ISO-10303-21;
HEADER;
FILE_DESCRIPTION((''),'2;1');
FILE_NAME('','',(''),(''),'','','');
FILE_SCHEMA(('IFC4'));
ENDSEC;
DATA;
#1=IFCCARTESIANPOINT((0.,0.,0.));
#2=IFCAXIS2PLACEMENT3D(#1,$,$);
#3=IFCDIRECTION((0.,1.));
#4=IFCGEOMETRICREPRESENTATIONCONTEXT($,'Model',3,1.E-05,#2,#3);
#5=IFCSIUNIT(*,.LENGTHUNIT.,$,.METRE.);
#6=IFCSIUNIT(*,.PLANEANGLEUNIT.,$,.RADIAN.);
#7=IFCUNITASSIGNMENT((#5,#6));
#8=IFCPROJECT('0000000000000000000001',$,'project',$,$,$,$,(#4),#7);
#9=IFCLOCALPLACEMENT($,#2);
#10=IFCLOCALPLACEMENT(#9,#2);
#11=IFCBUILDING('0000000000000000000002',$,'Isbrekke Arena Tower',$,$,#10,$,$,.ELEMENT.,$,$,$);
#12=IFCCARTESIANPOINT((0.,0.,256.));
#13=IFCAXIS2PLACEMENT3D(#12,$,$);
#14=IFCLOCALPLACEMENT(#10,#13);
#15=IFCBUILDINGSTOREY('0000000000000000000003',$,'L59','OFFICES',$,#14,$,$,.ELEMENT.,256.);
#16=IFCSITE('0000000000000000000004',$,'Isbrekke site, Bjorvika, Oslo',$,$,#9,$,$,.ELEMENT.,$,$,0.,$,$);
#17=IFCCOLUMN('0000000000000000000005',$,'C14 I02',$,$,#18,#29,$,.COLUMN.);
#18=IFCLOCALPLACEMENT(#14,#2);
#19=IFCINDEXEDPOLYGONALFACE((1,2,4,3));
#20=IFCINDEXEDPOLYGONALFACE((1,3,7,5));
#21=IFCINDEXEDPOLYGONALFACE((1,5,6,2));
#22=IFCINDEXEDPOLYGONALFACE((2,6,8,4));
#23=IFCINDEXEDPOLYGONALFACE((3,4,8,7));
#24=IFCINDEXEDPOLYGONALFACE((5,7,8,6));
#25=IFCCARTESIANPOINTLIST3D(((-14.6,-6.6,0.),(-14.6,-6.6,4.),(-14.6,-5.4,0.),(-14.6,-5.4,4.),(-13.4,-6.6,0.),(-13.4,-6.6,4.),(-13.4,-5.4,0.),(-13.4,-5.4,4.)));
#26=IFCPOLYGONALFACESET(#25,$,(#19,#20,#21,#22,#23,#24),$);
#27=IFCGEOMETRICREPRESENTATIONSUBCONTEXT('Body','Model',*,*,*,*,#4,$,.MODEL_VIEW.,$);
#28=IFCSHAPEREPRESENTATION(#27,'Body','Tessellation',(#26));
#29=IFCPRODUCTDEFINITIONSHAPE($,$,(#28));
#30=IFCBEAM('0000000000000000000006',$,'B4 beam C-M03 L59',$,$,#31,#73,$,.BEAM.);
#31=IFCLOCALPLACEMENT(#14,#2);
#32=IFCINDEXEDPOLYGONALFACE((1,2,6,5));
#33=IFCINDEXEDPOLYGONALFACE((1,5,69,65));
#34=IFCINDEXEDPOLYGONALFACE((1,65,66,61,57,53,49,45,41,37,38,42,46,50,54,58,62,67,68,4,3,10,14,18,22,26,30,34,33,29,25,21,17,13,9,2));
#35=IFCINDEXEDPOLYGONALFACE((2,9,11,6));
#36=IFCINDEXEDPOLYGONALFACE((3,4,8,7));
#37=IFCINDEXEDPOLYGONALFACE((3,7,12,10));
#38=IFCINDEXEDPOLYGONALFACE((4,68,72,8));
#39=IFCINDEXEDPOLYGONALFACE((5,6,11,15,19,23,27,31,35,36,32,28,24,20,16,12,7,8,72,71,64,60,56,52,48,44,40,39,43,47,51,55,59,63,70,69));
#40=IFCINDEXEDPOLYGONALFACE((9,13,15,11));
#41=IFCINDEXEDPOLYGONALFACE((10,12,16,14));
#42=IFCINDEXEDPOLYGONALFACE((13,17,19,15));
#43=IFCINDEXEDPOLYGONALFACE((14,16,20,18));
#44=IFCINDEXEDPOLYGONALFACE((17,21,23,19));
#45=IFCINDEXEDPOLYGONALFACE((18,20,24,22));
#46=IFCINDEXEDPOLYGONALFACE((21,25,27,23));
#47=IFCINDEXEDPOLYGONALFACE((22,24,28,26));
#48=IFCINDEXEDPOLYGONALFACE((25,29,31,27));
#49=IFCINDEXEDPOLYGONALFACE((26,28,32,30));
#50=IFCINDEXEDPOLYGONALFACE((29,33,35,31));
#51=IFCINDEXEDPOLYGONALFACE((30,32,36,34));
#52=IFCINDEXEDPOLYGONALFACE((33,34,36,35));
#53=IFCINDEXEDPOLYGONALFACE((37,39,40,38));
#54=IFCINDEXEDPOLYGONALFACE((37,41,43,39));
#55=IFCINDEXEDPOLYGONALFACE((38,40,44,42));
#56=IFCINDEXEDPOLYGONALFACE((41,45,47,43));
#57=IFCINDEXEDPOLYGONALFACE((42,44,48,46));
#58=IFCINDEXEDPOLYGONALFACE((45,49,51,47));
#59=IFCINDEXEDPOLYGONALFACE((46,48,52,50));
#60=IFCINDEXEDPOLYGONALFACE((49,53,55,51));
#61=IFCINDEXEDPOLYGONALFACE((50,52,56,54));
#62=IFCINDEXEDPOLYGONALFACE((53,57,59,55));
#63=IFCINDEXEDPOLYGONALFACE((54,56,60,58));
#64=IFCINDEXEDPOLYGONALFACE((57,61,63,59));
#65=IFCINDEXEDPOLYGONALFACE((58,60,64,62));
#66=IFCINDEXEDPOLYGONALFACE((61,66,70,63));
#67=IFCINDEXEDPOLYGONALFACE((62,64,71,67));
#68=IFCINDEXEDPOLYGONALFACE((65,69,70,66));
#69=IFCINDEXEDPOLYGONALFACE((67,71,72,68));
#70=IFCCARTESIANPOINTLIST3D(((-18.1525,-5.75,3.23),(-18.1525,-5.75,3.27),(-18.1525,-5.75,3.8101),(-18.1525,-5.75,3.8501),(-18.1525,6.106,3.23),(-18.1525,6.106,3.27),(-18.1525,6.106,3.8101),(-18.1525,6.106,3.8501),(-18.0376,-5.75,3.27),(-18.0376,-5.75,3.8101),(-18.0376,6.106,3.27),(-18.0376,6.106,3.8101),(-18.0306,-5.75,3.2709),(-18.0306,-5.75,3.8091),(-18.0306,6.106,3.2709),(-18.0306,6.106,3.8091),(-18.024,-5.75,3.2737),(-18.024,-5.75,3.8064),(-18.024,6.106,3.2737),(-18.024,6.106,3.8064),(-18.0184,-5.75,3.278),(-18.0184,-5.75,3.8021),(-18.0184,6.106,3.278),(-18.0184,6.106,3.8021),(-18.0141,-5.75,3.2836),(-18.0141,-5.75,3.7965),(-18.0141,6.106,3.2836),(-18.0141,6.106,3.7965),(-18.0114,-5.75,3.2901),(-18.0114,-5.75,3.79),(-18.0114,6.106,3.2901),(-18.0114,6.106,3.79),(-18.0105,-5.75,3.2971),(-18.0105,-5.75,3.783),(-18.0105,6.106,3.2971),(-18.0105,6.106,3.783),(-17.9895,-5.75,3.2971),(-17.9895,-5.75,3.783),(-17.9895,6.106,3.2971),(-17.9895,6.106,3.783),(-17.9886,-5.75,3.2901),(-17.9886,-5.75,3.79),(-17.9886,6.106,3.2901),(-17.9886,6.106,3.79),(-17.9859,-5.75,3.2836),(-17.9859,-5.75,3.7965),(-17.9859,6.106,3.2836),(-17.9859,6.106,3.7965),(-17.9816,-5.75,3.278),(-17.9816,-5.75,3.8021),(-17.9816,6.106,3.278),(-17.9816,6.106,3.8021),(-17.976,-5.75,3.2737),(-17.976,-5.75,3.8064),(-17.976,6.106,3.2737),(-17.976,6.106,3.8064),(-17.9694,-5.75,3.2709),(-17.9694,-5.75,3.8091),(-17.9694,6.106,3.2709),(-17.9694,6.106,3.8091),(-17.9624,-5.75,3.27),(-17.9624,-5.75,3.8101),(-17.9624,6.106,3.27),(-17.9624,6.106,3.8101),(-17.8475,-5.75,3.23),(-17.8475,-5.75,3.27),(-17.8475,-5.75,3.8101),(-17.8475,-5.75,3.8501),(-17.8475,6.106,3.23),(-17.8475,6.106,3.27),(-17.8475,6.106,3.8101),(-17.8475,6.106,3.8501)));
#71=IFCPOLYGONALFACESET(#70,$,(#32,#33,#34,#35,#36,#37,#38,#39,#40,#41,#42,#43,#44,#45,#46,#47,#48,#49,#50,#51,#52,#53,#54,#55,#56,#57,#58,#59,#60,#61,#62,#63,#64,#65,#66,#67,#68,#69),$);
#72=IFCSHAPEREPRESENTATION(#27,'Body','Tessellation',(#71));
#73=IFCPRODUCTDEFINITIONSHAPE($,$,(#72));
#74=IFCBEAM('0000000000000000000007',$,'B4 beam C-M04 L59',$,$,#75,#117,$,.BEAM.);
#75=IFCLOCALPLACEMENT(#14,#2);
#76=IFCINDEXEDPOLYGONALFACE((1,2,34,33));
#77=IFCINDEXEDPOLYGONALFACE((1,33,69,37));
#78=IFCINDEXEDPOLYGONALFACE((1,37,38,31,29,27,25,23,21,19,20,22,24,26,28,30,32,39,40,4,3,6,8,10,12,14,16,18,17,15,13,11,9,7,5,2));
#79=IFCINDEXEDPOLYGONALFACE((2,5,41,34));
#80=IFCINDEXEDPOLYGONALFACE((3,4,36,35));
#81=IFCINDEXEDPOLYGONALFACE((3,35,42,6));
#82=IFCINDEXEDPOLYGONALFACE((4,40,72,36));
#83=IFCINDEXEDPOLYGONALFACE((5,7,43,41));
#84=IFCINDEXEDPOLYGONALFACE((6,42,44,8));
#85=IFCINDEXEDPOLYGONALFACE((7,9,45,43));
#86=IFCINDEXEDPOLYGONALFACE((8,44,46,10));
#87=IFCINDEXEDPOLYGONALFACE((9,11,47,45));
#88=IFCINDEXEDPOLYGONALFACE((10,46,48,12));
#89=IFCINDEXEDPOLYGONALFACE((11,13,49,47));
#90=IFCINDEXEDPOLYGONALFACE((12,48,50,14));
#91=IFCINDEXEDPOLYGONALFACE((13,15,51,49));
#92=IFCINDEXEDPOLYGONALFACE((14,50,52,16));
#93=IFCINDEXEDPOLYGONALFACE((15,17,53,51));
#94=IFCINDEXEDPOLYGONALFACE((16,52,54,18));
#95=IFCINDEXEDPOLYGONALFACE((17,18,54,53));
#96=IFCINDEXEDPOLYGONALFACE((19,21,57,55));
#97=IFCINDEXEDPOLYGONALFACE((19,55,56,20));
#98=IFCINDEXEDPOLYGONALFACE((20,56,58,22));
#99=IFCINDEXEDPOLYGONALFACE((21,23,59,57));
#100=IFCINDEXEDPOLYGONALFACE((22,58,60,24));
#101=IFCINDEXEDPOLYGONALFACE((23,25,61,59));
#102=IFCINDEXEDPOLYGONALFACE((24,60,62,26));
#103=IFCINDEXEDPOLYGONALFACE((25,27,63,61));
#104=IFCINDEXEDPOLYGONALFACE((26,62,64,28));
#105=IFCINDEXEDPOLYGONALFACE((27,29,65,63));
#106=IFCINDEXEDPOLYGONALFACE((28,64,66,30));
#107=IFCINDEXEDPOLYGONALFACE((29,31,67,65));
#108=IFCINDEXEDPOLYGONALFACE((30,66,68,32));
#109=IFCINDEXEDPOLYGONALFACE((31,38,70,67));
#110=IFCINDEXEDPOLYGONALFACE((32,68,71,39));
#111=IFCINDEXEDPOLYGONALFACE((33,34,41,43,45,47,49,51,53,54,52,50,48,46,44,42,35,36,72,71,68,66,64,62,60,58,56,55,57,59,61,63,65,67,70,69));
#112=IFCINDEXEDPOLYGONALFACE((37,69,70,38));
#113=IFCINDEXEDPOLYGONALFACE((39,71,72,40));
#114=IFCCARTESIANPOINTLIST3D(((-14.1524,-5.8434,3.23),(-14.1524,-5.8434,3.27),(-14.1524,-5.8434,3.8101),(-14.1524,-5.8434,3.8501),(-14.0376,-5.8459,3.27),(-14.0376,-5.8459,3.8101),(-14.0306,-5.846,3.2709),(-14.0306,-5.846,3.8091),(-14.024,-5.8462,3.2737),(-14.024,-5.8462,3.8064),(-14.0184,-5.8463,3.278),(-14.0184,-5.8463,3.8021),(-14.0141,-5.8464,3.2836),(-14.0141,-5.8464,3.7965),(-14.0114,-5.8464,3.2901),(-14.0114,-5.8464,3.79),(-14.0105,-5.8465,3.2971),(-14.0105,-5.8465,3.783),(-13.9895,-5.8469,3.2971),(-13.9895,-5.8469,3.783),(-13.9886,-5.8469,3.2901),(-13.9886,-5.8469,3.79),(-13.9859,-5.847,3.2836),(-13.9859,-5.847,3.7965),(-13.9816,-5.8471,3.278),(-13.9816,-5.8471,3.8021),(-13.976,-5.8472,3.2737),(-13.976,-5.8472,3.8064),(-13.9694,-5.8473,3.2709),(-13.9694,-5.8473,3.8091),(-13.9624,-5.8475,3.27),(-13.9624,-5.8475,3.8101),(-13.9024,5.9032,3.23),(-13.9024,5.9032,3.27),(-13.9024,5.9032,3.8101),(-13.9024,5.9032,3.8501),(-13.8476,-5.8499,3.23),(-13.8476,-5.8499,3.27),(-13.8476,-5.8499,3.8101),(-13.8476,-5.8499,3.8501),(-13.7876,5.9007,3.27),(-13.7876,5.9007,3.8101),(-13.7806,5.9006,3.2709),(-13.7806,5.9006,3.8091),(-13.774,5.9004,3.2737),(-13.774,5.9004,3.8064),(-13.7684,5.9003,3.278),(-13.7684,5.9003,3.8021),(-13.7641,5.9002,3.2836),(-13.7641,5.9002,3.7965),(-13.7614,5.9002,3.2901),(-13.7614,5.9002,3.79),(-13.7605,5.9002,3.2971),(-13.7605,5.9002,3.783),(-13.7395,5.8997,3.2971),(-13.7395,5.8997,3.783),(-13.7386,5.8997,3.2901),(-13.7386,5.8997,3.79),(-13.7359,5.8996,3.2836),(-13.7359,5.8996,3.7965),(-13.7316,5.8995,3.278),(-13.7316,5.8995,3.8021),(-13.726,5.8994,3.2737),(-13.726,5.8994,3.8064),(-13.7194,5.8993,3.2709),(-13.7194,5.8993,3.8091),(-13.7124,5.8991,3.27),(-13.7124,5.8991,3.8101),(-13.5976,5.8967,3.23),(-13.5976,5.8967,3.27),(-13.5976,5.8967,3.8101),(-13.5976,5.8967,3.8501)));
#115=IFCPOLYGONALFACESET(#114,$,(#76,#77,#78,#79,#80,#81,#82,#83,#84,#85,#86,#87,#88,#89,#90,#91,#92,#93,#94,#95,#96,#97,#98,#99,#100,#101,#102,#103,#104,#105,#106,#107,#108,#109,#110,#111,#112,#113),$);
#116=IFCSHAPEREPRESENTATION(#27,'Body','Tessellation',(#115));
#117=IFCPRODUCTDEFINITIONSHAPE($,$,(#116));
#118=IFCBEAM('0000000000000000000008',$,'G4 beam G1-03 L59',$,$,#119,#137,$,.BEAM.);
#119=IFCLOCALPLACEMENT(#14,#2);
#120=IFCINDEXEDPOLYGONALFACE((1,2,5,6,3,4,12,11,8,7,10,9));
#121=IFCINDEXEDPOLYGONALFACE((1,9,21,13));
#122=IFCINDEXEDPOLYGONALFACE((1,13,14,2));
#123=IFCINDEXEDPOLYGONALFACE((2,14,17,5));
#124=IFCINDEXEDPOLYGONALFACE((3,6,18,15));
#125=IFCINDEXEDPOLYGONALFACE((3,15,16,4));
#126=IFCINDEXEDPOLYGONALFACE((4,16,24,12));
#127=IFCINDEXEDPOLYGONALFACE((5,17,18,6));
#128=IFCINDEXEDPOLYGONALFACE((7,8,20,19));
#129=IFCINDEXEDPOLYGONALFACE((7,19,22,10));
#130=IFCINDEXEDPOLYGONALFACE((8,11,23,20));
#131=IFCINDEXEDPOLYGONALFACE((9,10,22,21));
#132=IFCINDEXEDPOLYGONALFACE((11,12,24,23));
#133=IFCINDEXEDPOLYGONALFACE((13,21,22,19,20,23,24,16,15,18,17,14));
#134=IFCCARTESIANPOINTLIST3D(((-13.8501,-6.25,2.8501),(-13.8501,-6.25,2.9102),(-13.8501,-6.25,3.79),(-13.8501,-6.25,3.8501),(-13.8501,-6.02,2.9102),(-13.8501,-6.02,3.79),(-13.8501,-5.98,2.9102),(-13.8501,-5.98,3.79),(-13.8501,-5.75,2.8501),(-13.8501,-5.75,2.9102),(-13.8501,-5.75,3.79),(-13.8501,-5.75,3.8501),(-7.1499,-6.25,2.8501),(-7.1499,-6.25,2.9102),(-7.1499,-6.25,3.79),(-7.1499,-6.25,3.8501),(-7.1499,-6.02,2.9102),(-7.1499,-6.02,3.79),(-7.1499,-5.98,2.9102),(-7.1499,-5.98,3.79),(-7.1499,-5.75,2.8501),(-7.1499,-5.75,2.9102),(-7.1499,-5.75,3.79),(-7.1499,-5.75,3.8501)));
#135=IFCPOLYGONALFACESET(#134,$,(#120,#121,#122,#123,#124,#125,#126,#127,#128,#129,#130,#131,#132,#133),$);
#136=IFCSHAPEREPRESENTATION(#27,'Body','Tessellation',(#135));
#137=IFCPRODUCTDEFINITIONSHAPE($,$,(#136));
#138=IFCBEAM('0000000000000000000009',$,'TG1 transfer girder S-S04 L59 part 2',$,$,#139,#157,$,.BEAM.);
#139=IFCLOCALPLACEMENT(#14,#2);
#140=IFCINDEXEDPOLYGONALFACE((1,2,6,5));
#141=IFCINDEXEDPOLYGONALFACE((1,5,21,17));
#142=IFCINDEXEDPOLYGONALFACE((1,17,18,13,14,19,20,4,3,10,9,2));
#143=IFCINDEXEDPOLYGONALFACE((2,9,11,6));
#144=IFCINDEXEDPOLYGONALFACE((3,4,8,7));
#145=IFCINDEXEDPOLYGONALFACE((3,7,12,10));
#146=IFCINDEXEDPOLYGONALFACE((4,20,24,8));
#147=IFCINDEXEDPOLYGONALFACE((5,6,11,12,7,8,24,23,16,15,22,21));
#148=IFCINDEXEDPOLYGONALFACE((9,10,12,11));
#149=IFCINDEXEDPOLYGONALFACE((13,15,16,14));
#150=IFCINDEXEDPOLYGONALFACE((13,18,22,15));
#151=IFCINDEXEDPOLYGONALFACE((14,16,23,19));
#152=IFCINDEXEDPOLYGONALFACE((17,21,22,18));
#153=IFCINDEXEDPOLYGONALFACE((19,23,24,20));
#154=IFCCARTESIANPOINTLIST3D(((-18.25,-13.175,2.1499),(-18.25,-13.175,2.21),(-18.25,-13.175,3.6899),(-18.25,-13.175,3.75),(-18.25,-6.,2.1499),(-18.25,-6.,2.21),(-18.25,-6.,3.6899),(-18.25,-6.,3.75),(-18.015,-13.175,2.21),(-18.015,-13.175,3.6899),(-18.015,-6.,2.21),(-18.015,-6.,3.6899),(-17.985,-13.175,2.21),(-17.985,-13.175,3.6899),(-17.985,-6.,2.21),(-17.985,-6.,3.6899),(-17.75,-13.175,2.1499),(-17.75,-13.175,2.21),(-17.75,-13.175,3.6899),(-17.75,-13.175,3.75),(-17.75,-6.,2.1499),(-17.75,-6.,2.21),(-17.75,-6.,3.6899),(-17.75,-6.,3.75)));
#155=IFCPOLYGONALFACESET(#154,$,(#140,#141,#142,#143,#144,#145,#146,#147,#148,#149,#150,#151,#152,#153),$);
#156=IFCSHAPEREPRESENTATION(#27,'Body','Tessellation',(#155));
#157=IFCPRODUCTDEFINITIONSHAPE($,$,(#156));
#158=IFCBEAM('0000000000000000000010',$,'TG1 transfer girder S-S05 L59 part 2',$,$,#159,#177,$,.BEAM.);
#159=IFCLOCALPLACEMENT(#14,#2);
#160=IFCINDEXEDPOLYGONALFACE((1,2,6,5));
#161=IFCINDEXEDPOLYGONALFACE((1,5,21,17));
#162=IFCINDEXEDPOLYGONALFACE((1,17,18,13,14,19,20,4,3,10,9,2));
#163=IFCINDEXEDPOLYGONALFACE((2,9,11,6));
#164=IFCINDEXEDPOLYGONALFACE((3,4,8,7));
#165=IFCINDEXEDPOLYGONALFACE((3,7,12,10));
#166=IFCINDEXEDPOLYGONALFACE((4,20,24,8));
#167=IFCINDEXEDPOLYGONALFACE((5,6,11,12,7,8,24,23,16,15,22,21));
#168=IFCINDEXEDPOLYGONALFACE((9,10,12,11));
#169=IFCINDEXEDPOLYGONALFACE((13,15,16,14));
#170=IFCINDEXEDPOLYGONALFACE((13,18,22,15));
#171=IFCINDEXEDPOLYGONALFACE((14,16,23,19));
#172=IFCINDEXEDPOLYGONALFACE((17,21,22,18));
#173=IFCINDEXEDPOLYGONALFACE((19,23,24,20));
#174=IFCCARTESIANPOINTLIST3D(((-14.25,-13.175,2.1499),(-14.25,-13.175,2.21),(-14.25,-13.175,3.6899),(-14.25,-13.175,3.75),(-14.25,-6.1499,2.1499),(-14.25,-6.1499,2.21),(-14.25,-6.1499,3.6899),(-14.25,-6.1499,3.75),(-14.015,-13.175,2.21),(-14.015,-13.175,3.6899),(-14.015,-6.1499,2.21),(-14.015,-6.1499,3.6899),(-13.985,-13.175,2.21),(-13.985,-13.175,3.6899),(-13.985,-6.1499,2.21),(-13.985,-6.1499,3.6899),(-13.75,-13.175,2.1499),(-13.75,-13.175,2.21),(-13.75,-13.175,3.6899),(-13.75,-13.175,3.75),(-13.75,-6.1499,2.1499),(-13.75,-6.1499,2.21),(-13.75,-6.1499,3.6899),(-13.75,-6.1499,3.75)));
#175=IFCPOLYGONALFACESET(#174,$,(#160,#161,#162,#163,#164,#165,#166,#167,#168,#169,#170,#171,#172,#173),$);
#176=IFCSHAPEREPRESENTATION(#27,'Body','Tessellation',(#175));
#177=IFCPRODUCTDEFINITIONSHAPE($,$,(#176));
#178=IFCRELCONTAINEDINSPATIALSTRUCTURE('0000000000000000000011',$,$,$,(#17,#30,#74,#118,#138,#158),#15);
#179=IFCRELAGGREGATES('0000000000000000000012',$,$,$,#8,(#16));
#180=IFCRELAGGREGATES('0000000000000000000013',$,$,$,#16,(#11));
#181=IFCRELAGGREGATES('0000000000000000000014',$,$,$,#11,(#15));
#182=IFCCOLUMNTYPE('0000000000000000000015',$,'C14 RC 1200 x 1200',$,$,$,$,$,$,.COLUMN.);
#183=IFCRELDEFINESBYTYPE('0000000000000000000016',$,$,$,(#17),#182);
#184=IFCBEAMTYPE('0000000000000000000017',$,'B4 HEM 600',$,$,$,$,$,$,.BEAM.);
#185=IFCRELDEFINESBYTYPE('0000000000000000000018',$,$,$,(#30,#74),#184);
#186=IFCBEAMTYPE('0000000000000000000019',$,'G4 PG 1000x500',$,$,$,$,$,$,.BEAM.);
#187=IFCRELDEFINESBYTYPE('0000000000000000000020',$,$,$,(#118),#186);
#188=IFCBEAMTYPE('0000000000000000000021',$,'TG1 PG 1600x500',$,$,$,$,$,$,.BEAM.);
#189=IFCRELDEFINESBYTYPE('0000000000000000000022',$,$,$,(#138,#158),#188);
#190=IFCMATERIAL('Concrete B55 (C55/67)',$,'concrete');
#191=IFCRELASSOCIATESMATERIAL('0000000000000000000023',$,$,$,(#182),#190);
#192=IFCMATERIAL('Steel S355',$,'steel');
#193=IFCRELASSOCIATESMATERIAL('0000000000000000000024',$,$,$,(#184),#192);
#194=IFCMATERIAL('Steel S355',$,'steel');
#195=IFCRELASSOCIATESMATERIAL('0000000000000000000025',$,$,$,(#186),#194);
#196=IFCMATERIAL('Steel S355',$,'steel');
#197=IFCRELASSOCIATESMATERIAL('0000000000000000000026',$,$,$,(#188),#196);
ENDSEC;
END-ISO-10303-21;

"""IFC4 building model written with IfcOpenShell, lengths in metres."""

from ifc_helpers import new_model, si_unit, direction, frame, origin, origin_2d, place, context, subcontext, project, spatial, rectangle, i_section, extrude, material, material_profile, profile_set, type_object, element, save


model = new_model("IFC4")

# Units and contexts
model_context = context("Model", 3, precision=1e-05, world=origin(), true_north=direction((0.0, 1.0)))
body_context = subcontext(model_context, "Body", "Model", "MODEL_VIEW")
ifc_project = project(units=[si_unit("LENGTHUNIT", "METRE"), si_unit("PLANEANGLEUNIT", "RADIAN")], contexts=[model_context])

# Site, building, storey
site_placement = place(None, origin())
site = spatial("IfcSite", under=ifc_project, at=site_placement, Name="Isbrekke site, Bjorvika, Oslo", CompositionType="ELEMENT", RefElevation=0.0)
building_placement = place(site_placement, origin())
building = spatial("IfcBuilding", under=site, at=building_placement, Name="Isbrekke Arena Tower", CompositionType="ELEMENT")
storey_placement = place(building_placement, frame((0.0, 0.0, 256.0)))
storey = spatial("IfcBuildingStorey", under=building, at=storey_placement, Name="L59", Description="OFFICES", CompositionType="ELEMENT", Elevation=256.0)

# Column
ifc_material_1 = material(Name="Concrete B55 (C55/67)", Category="concrete")
ifc_material_profile_1 = material_profile(ifc_material_1, rectangle(XDim=1.2, YDim=1.2, at=origin_2d()), Name="RC 1200x1200")
ifc_profile_set_1 = profile_set([ifc_material_profile_1], Name="Concrete B55 (C55/67)")
column_type = type_object("IfcColumnType", Name="C14 RC 1200 x 1200", PredefinedType="COLUMN", material=ifc_profile_set_1)
column_placement = place(storey_placement, frame((-14.0, -6.0, 0.0), z_axis=(0.0, 0.0, 1.0), x_axis=(1.0, 0.0, 0.0)))
element("IfcColumn", 1, at=column_placement, inside=storey, type_object=column_type, Name="C14 I02", PredefinedType="COLUMN", context=body_context, shape_type="SweptSolid", body=[
    extrude(rectangle(XDim=1.2, YDim=1.2, at=origin_2d()), origin(), (0.0, 0.0, 1.0), 4.0),
])

# Beams
ifc_material_2 = material(Name="Steel S355", Category="steel")
ifc_material_profile_2 = material_profile(ifc_material_2, i_section(OverallWidth=0.3049, OverallDepth=0.6201, WebThickness=0.021, FlangeThickness=0.04, FilletRadius=0.0271, at=origin_2d()), Name="HEM 600")
ifc_profile_set_2 = profile_set([ifc_material_profile_2], Name="Steel S355")
beam_type_1 = type_object("IfcBeamType", Name="B4 HEM 600", PredefinedType="BEAM", material=ifc_profile_set_2)
beam_1_placement = place(storey_placement, frame((-18.0, -5.75, 3.54), z_axis=(0.0, 1.0, 0.0), x_axis=(-1.0, 0.0, 0.0)))
element("IfcBeam", 2, at=beam_1_placement, inside=storey, type_object=beam_type_1, Name="B4 beam C-M03 L59", PredefinedType="BEAM", context=body_context, shape_type="SweptSolid", body=[
    extrude(i_section(OverallWidth=0.3049, OverallDepth=0.6201, WebThickness=0.021, FlangeThickness=0.04, FilletRadius=0.0271, at=origin_2d()), origin(), (0.0, 0.0, 1.0), 11.856),
])
beam_2_placement = place(storey_placement, frame((-14.0, -5.8467, 3.54), z_axis=(0.021278, 0.999774, 0.0), x_axis=(-0.999774, 0.021278, 0.0)))
element("IfcBeam", 3, at=beam_2_placement, inside=storey, type_object=beam_type_1, Name="B4 beam C-M04 L59", PredefinedType="BEAM", context=body_context, shape_type="SweptSolid", body=[
    extrude(i_section(OverallWidth=0.3049, OverallDepth=0.6201, WebThickness=0.021, FlangeThickness=0.04, FilletRadius=0.0271, at=origin_2d()), origin(), (0.0, 0.0, 1.0), 11.7493),
])
ifc_material_3 = material(Name="Steel S355", Category="steel")
ifc_material_profile_3 = material_profile(ifc_material_3, i_section(OverallWidth=0.5, OverallDepth=1.0, WebThickness=0.04, FlangeThickness=0.0601, at=origin_2d()), Name="PG 1000x500")
ifc_profile_set_3 = profile_set([ifc_material_profile_3], Name="Steel S355")
beam_type_2 = type_object("IfcBeamType", Name="G4 PG 1000x500", PredefinedType="BEAM", material=ifc_profile_set_3)
beam_3_placement = place(storey_placement, frame((-13.8501, -6.0, 3.3501), z_axis=(1.0, 0.0, 0.0), x_axis=(0.0, 1.0, 0.0)))
element("IfcBeam", 4, at=beam_3_placement, inside=storey, type_object=beam_type_2, Name="G4 beam G1-03 L59", PredefinedType="BEAM", context=body_context, shape_type="SweptSolid", body=[
    extrude(i_section(OverallWidth=0.5, OverallDepth=1.0, WebThickness=0.04, FlangeThickness=0.0601, at=origin_2d()), origin(), (0.0, 0.0, 1.0), 6.7002),
])
ifc_material_4 = material(Name="Steel S355", Category="steel")
ifc_material_profile_4 = material_profile(ifc_material_4, i_section(OverallWidth=0.5, OverallDepth=1.6001, WebThickness=0.03, FlangeThickness=0.0601, at=origin_2d()), Name="PG 1600x500")
ifc_profile_set_4 = profile_set([ifc_material_profile_4], Name="Steel S355")
beam_type_3 = type_object("IfcBeamType", Name="TG1 PG 1600x500", PredefinedType="BEAM", material=ifc_profile_set_4)
beam_4_placement = place(storey_placement, frame((-18.0, -13.175, 2.95), z_axis=(0.0, 1.0, 0.0), x_axis=(-1.0, 0.0, 0.0)))
element("IfcBeam", 5, at=beam_4_placement, inside=storey, type_object=beam_type_3, Name="TG1 transfer girder S-S04 L59 part 2", PredefinedType="BEAM", context=body_context, shape_type="SweptSolid", body=[
    extrude(i_section(OverallWidth=0.5, OverallDepth=1.6001, WebThickness=0.03, FlangeThickness=0.0601, at=origin_2d()), origin(), (0.0, 0.0, 1.0), 7.175),
])
beam_5_placement = place(storey_placement, frame((-14.0, -13.175, 2.95), z_axis=(0.0, 1.0, 0.0), x_axis=(-1.0, 0.0, 0.0)))
element("IfcBeam", 6, at=beam_5_placement, inside=storey, type_object=beam_type_3, Name="TG1 transfer girder S-S05 L59 part 2", PredefinedType="BEAM", context=body_context, shape_type="SweptSolid", body=[
    extrude(i_section(OverallWidth=0.5, OverallDepth=1.6001, WebThickness=0.03, FlangeThickness=0.0601, at=origin_2d()), origin(), (0.0, 0.0, 1.0), 7.0251),
])

save(model, "model.ifc")
